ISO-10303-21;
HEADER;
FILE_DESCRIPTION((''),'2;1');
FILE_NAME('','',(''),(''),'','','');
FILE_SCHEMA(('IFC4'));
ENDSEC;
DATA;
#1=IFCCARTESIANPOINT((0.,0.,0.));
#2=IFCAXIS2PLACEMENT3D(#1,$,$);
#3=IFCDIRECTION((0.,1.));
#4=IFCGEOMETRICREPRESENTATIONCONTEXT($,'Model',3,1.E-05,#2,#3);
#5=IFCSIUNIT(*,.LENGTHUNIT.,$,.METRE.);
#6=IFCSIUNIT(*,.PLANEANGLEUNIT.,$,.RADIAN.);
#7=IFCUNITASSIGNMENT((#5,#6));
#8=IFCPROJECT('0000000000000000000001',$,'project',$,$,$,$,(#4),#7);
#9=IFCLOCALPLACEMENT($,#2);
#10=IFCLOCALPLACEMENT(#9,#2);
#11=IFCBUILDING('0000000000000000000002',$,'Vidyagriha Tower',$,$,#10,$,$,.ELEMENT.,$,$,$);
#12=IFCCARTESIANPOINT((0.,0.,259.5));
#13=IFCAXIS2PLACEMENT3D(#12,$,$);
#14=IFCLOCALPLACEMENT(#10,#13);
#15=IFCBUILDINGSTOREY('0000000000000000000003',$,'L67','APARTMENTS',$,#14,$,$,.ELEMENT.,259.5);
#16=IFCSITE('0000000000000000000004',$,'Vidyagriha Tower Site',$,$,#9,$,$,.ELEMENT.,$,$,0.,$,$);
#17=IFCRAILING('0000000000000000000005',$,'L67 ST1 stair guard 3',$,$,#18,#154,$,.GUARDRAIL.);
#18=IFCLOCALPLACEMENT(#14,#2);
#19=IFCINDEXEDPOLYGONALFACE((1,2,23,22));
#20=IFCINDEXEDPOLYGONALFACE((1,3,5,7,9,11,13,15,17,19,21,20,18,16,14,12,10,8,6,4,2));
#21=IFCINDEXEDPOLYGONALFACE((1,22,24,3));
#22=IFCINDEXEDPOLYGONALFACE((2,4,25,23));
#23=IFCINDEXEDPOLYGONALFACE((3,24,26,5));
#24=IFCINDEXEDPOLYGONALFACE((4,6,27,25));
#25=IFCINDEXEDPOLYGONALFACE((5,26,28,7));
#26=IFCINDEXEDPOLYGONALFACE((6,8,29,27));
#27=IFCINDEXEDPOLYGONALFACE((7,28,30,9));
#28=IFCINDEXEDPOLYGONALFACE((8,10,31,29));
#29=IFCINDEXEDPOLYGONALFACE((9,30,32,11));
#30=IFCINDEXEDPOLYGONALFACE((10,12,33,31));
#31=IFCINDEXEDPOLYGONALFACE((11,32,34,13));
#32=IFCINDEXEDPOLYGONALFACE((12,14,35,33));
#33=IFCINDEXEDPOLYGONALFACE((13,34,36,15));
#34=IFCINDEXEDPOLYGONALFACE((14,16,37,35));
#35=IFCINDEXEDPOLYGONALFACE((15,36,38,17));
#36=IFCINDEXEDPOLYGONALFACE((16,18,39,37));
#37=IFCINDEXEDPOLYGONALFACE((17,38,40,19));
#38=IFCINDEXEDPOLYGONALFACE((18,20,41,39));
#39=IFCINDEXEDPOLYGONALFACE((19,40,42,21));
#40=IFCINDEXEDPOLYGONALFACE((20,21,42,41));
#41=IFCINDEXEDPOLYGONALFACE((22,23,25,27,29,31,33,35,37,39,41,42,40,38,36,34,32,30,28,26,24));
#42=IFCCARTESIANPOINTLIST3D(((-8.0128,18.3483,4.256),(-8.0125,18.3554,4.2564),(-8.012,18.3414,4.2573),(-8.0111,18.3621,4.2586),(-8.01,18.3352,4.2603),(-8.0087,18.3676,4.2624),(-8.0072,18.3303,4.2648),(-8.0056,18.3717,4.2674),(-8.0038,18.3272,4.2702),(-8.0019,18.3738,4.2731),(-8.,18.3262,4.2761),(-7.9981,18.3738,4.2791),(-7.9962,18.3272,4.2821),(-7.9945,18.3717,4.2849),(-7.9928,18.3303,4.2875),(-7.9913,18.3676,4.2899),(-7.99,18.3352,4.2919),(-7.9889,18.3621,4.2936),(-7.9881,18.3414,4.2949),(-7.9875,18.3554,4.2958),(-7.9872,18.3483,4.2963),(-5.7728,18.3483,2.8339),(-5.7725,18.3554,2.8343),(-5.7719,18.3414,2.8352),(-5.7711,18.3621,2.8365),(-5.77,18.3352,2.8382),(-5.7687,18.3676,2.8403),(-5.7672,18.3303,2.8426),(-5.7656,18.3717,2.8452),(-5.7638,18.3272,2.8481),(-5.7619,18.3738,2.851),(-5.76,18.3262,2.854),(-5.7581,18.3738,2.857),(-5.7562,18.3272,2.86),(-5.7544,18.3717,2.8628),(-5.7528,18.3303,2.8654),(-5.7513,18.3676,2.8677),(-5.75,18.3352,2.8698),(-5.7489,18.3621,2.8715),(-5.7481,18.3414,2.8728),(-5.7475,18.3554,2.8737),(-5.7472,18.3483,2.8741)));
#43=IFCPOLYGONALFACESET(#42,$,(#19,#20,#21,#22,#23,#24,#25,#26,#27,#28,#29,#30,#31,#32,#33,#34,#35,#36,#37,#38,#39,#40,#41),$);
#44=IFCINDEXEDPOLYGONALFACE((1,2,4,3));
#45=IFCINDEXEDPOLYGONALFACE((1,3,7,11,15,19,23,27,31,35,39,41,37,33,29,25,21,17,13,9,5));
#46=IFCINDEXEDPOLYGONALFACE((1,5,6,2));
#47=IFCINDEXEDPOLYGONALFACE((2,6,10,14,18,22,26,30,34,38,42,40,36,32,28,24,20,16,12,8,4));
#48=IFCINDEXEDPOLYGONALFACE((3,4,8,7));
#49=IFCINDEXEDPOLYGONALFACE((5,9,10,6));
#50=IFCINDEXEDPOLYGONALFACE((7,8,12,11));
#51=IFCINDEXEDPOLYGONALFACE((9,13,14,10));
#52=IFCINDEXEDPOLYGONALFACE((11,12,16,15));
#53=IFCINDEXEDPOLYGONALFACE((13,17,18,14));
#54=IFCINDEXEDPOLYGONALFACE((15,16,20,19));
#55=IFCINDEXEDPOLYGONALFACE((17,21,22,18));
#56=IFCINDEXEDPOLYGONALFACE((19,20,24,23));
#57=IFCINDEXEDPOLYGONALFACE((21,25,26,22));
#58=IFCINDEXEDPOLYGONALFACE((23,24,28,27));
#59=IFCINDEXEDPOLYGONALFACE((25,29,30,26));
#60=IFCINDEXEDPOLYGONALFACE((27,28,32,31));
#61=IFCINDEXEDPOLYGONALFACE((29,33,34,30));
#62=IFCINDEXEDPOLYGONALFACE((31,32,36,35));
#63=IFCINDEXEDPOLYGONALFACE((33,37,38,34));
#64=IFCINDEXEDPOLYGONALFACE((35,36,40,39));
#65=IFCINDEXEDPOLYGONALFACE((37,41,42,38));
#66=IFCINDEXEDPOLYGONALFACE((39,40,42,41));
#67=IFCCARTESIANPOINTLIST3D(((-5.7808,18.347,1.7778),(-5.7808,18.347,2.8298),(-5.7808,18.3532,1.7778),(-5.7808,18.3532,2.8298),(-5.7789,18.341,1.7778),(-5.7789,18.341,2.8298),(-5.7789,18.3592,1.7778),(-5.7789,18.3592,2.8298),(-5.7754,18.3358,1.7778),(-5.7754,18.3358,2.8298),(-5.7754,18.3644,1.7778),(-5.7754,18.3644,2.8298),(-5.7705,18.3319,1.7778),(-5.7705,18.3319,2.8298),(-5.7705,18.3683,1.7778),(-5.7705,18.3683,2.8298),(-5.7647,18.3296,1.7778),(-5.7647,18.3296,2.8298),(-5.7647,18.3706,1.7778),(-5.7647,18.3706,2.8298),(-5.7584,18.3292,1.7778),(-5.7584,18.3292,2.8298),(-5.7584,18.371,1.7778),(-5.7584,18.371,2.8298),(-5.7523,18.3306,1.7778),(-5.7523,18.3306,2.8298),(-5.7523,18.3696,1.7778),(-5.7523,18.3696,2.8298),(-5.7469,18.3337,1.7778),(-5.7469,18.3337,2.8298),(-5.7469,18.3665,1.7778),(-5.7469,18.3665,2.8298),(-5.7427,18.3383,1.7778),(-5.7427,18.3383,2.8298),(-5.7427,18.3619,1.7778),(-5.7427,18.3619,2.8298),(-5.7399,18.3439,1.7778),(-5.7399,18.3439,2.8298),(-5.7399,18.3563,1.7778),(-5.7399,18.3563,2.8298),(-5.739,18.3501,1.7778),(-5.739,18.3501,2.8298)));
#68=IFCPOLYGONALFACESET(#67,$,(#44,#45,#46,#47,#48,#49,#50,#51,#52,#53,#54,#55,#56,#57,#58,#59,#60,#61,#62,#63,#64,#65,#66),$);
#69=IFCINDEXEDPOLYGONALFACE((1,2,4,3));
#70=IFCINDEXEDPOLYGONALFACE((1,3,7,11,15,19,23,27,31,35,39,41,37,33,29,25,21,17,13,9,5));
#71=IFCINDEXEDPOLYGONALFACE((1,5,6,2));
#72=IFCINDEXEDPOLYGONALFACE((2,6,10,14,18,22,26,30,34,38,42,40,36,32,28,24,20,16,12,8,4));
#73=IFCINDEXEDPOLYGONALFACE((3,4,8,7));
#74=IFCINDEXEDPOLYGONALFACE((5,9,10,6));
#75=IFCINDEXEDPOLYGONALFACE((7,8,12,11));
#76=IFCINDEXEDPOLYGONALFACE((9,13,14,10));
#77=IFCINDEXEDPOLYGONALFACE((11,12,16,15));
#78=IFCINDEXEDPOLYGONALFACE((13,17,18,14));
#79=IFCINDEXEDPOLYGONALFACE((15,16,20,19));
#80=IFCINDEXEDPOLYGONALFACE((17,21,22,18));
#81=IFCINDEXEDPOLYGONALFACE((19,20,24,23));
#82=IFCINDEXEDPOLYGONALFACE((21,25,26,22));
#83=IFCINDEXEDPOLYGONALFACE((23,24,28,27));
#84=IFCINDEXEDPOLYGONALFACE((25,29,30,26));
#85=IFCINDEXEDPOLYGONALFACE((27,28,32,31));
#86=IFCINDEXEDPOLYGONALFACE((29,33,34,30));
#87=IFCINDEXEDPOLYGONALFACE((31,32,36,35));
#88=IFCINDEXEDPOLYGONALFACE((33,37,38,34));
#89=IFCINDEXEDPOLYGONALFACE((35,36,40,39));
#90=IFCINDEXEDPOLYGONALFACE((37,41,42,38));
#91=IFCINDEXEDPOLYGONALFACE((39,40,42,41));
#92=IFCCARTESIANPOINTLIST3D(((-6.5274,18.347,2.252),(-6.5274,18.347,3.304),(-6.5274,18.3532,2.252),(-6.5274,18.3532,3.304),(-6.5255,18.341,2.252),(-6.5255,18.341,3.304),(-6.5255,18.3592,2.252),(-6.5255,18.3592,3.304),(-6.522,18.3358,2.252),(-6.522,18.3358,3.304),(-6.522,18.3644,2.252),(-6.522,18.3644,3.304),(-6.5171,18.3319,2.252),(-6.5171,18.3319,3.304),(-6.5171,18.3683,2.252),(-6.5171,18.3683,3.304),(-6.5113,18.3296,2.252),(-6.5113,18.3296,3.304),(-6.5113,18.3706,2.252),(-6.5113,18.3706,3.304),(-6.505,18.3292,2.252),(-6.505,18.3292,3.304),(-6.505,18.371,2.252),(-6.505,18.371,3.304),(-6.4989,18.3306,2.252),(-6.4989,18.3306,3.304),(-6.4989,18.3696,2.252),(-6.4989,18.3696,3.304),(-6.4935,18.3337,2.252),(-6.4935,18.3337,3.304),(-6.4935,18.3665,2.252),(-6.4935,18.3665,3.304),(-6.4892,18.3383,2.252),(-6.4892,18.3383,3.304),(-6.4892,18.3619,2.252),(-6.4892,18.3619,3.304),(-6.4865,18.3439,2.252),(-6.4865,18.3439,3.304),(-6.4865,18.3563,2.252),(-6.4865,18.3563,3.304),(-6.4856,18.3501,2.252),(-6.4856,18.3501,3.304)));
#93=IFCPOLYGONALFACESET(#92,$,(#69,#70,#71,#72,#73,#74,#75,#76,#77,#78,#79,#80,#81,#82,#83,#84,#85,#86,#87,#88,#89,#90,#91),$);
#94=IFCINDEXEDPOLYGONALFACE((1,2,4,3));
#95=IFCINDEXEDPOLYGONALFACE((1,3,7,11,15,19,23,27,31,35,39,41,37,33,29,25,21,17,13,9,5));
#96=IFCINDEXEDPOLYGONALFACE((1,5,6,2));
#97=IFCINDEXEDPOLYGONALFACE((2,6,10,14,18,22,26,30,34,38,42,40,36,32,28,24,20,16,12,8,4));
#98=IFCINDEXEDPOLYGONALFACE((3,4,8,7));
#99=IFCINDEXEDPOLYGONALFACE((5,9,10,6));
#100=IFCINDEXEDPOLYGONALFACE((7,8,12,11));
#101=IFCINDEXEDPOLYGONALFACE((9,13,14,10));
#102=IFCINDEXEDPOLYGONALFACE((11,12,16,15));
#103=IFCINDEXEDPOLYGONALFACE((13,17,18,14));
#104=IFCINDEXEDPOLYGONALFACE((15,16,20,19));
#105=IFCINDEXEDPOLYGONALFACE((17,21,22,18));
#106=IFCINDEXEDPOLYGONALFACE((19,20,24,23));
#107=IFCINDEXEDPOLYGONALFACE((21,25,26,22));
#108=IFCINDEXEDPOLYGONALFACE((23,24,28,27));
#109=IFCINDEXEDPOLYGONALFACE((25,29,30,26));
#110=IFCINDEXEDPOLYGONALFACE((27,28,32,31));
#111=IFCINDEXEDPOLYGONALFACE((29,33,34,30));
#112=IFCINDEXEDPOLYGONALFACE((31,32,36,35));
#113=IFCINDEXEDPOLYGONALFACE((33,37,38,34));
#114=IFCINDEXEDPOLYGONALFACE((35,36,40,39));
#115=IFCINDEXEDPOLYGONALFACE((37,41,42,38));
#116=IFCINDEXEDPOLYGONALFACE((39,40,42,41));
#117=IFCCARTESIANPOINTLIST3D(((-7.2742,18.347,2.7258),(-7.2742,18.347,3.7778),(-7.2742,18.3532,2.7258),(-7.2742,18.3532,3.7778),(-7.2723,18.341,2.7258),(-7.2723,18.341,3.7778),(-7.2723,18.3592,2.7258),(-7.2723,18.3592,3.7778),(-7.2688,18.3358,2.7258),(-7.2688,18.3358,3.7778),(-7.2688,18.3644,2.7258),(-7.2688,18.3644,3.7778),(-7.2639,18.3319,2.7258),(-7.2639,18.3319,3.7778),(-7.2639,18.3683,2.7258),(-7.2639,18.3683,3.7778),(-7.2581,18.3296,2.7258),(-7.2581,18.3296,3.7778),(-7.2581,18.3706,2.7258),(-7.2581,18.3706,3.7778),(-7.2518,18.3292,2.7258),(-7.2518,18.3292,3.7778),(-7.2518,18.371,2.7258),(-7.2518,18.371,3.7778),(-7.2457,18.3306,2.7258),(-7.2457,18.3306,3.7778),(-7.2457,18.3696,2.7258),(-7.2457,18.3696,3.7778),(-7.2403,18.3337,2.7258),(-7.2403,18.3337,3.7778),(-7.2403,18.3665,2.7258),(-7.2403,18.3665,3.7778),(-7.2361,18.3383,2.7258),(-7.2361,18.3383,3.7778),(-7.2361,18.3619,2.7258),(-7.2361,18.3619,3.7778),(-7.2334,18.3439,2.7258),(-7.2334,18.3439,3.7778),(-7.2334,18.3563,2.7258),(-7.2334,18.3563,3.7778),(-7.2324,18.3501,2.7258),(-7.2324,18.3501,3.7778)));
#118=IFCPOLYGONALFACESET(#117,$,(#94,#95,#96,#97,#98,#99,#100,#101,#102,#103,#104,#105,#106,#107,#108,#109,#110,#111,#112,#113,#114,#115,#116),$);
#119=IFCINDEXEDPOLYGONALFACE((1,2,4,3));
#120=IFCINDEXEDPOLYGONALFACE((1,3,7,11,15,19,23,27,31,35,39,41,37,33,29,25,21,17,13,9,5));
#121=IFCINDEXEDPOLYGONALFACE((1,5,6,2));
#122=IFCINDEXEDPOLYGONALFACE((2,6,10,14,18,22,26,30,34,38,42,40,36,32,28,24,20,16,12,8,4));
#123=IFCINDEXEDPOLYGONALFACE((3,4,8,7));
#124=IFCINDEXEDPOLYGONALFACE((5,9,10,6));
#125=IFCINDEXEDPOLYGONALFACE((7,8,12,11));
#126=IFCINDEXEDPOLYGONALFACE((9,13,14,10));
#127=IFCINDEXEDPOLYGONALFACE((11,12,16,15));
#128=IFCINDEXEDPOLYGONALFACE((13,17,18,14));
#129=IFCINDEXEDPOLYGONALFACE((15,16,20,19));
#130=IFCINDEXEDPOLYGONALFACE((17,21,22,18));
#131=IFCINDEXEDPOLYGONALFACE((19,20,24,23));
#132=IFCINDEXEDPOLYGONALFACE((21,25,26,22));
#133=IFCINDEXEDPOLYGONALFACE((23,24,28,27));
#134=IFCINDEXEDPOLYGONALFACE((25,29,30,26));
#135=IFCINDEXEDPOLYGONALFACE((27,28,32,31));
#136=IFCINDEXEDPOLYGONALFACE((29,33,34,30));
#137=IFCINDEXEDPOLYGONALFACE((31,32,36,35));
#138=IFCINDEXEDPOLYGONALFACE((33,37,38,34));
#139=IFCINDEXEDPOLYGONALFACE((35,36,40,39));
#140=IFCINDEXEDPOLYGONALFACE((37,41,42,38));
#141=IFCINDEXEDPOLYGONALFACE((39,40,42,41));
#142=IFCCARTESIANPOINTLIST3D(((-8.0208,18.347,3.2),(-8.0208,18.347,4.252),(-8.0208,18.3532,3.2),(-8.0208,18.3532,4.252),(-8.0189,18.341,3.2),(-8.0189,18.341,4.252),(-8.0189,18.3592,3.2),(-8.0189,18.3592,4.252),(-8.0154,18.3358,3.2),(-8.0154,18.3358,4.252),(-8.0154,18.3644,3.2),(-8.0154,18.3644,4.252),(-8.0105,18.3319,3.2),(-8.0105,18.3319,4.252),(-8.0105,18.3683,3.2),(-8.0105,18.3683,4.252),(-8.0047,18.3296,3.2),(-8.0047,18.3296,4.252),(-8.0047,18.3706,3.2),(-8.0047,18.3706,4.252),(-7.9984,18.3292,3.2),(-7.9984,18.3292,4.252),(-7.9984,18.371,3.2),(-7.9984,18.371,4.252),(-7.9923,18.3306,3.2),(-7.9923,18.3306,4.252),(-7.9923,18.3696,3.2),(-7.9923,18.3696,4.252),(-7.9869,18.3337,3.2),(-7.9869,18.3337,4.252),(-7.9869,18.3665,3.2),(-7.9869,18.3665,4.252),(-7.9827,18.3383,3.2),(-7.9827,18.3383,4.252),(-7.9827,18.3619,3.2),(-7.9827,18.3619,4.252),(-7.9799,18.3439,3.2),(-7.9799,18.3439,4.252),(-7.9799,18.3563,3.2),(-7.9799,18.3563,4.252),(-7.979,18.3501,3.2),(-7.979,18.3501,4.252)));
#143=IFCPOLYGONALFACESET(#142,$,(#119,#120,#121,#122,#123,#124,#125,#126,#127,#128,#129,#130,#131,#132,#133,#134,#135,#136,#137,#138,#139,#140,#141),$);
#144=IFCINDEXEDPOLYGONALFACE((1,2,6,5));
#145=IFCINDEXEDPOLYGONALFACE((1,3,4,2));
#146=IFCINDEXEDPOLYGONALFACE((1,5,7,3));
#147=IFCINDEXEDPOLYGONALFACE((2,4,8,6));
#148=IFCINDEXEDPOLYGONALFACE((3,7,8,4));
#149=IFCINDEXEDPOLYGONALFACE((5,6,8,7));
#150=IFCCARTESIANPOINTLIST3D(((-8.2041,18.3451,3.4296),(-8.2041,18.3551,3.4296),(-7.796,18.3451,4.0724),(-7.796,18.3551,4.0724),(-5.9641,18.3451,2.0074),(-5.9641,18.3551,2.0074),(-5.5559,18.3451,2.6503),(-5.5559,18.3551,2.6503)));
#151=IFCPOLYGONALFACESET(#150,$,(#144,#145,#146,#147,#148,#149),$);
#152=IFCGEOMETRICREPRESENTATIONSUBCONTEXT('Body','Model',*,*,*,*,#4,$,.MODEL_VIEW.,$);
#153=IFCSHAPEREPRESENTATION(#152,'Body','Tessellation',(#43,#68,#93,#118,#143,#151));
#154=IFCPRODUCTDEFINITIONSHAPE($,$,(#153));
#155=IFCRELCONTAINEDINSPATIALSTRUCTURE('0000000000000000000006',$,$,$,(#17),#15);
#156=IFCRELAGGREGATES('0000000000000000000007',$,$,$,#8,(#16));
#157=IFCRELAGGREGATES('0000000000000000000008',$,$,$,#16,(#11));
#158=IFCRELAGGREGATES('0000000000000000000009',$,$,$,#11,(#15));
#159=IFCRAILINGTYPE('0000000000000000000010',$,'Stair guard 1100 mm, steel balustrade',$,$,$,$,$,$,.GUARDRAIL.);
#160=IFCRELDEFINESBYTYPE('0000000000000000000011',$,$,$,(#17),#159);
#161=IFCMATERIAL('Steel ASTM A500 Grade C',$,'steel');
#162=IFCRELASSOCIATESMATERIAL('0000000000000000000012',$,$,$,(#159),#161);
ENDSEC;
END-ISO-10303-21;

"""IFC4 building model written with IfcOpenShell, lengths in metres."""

from ifc_helpers import new_model, si_unit, direction, frame, origin, origin_2d, place, context, subcontext, project, spatial, rectangle, circle, extrude, material, type_object, element, save


model = new_model("IFC4")

# Units and contexts
model_context = context("Model", 3, precision=1e-05, world=origin(), true_north=direction((0.0, 1.0)))
body_context = subcontext(model_context, "Body", "Model", "MODEL_VIEW")
ifc_project = project(units=[si_unit("LENGTHUNIT", "METRE"), si_unit("PLANEANGLEUNIT", "RADIAN")], contexts=[model_context])

# Site, building, storey
site_placement = place(None, origin())
site = spatial("IfcSite", under=ifc_project, at=site_placement, Name="Vidyagriha Tower Site", CompositionType="ELEMENT", RefElevation=0.0)
building_placement = place(site_placement, origin())
building = spatial("IfcBuilding", under=site, at=building_placement, Name="Vidyagriha Tower", CompositionType="ELEMENT")
storey_placement = place(building_placement, frame((0.0, 0.0, 259.5)))
storey = spatial("IfcBuildingStorey", under=building, at=storey_placement, Name="L67", Description="APARTMENTS", CompositionType="ELEMENT", Elevation=259.5)

# Railing
ifc_material_1 = material(Name="Steel ASTM A500 Grade C", Category="steel")
railing_type_1 = type_object("IfcRailingType", Name="Stair guard 1100 mm, steel balustrade", PredefinedType="GUARDRAIL", material=ifc_material_1)
railing_1_placement = place(storey_placement, frame((-5.76, 18.3501, 1.7778)))
element("IfcRailing", 1, at=railing_1_placement, inside=storey, type_object=railing_type_1, Name="L67 ST1 stair guard 3", PredefinedType="GUARDRAIL", context=body_context, shape_type="SweptSolid", body=[
    extrude(circle(Radius=0.0239, at=origin_2d()), frame((0.0, 0.0, 1.0762), z_axis=(-0.844229, 0.0, 0.535982), x_axis=(0.0, -1.0, 0.0)), (0.0, 0.0, 1.0), 2.6533),
    extrude(circle(Radius=0.021, at=origin_2d()), origin(), (0.0, 0.0, 1.0), 1.052),
    extrude(circle(Radius=0.021, at=origin_2d()), frame((-0.7466, 0.0, 0.4741)), (0.0, 0.0, 1.0), 1.052),
    extrude(circle(Radius=0.021, at=origin_2d()), frame((-1.4934, 0.0, 0.948)), (0.0, 0.0, 1.0), 1.052),
    extrude(circle(Radius=0.021, at=origin_2d()), frame((-2.24, 0.0, 1.4221)), (0.0, 0.0, 1.0), 1.052),
    extrude(rectangle(XDim=0.01, YDim=0.7615, at=origin_2d()), frame((0.0, 0.0, 0.551), z_axis=(-0.844229, 0.0, 0.535982), x_axis=(0.0, -1.0, 0.0)), (0.0, 0.0, 1.0), 2.6533),
])

save(model, "model.ifc")
